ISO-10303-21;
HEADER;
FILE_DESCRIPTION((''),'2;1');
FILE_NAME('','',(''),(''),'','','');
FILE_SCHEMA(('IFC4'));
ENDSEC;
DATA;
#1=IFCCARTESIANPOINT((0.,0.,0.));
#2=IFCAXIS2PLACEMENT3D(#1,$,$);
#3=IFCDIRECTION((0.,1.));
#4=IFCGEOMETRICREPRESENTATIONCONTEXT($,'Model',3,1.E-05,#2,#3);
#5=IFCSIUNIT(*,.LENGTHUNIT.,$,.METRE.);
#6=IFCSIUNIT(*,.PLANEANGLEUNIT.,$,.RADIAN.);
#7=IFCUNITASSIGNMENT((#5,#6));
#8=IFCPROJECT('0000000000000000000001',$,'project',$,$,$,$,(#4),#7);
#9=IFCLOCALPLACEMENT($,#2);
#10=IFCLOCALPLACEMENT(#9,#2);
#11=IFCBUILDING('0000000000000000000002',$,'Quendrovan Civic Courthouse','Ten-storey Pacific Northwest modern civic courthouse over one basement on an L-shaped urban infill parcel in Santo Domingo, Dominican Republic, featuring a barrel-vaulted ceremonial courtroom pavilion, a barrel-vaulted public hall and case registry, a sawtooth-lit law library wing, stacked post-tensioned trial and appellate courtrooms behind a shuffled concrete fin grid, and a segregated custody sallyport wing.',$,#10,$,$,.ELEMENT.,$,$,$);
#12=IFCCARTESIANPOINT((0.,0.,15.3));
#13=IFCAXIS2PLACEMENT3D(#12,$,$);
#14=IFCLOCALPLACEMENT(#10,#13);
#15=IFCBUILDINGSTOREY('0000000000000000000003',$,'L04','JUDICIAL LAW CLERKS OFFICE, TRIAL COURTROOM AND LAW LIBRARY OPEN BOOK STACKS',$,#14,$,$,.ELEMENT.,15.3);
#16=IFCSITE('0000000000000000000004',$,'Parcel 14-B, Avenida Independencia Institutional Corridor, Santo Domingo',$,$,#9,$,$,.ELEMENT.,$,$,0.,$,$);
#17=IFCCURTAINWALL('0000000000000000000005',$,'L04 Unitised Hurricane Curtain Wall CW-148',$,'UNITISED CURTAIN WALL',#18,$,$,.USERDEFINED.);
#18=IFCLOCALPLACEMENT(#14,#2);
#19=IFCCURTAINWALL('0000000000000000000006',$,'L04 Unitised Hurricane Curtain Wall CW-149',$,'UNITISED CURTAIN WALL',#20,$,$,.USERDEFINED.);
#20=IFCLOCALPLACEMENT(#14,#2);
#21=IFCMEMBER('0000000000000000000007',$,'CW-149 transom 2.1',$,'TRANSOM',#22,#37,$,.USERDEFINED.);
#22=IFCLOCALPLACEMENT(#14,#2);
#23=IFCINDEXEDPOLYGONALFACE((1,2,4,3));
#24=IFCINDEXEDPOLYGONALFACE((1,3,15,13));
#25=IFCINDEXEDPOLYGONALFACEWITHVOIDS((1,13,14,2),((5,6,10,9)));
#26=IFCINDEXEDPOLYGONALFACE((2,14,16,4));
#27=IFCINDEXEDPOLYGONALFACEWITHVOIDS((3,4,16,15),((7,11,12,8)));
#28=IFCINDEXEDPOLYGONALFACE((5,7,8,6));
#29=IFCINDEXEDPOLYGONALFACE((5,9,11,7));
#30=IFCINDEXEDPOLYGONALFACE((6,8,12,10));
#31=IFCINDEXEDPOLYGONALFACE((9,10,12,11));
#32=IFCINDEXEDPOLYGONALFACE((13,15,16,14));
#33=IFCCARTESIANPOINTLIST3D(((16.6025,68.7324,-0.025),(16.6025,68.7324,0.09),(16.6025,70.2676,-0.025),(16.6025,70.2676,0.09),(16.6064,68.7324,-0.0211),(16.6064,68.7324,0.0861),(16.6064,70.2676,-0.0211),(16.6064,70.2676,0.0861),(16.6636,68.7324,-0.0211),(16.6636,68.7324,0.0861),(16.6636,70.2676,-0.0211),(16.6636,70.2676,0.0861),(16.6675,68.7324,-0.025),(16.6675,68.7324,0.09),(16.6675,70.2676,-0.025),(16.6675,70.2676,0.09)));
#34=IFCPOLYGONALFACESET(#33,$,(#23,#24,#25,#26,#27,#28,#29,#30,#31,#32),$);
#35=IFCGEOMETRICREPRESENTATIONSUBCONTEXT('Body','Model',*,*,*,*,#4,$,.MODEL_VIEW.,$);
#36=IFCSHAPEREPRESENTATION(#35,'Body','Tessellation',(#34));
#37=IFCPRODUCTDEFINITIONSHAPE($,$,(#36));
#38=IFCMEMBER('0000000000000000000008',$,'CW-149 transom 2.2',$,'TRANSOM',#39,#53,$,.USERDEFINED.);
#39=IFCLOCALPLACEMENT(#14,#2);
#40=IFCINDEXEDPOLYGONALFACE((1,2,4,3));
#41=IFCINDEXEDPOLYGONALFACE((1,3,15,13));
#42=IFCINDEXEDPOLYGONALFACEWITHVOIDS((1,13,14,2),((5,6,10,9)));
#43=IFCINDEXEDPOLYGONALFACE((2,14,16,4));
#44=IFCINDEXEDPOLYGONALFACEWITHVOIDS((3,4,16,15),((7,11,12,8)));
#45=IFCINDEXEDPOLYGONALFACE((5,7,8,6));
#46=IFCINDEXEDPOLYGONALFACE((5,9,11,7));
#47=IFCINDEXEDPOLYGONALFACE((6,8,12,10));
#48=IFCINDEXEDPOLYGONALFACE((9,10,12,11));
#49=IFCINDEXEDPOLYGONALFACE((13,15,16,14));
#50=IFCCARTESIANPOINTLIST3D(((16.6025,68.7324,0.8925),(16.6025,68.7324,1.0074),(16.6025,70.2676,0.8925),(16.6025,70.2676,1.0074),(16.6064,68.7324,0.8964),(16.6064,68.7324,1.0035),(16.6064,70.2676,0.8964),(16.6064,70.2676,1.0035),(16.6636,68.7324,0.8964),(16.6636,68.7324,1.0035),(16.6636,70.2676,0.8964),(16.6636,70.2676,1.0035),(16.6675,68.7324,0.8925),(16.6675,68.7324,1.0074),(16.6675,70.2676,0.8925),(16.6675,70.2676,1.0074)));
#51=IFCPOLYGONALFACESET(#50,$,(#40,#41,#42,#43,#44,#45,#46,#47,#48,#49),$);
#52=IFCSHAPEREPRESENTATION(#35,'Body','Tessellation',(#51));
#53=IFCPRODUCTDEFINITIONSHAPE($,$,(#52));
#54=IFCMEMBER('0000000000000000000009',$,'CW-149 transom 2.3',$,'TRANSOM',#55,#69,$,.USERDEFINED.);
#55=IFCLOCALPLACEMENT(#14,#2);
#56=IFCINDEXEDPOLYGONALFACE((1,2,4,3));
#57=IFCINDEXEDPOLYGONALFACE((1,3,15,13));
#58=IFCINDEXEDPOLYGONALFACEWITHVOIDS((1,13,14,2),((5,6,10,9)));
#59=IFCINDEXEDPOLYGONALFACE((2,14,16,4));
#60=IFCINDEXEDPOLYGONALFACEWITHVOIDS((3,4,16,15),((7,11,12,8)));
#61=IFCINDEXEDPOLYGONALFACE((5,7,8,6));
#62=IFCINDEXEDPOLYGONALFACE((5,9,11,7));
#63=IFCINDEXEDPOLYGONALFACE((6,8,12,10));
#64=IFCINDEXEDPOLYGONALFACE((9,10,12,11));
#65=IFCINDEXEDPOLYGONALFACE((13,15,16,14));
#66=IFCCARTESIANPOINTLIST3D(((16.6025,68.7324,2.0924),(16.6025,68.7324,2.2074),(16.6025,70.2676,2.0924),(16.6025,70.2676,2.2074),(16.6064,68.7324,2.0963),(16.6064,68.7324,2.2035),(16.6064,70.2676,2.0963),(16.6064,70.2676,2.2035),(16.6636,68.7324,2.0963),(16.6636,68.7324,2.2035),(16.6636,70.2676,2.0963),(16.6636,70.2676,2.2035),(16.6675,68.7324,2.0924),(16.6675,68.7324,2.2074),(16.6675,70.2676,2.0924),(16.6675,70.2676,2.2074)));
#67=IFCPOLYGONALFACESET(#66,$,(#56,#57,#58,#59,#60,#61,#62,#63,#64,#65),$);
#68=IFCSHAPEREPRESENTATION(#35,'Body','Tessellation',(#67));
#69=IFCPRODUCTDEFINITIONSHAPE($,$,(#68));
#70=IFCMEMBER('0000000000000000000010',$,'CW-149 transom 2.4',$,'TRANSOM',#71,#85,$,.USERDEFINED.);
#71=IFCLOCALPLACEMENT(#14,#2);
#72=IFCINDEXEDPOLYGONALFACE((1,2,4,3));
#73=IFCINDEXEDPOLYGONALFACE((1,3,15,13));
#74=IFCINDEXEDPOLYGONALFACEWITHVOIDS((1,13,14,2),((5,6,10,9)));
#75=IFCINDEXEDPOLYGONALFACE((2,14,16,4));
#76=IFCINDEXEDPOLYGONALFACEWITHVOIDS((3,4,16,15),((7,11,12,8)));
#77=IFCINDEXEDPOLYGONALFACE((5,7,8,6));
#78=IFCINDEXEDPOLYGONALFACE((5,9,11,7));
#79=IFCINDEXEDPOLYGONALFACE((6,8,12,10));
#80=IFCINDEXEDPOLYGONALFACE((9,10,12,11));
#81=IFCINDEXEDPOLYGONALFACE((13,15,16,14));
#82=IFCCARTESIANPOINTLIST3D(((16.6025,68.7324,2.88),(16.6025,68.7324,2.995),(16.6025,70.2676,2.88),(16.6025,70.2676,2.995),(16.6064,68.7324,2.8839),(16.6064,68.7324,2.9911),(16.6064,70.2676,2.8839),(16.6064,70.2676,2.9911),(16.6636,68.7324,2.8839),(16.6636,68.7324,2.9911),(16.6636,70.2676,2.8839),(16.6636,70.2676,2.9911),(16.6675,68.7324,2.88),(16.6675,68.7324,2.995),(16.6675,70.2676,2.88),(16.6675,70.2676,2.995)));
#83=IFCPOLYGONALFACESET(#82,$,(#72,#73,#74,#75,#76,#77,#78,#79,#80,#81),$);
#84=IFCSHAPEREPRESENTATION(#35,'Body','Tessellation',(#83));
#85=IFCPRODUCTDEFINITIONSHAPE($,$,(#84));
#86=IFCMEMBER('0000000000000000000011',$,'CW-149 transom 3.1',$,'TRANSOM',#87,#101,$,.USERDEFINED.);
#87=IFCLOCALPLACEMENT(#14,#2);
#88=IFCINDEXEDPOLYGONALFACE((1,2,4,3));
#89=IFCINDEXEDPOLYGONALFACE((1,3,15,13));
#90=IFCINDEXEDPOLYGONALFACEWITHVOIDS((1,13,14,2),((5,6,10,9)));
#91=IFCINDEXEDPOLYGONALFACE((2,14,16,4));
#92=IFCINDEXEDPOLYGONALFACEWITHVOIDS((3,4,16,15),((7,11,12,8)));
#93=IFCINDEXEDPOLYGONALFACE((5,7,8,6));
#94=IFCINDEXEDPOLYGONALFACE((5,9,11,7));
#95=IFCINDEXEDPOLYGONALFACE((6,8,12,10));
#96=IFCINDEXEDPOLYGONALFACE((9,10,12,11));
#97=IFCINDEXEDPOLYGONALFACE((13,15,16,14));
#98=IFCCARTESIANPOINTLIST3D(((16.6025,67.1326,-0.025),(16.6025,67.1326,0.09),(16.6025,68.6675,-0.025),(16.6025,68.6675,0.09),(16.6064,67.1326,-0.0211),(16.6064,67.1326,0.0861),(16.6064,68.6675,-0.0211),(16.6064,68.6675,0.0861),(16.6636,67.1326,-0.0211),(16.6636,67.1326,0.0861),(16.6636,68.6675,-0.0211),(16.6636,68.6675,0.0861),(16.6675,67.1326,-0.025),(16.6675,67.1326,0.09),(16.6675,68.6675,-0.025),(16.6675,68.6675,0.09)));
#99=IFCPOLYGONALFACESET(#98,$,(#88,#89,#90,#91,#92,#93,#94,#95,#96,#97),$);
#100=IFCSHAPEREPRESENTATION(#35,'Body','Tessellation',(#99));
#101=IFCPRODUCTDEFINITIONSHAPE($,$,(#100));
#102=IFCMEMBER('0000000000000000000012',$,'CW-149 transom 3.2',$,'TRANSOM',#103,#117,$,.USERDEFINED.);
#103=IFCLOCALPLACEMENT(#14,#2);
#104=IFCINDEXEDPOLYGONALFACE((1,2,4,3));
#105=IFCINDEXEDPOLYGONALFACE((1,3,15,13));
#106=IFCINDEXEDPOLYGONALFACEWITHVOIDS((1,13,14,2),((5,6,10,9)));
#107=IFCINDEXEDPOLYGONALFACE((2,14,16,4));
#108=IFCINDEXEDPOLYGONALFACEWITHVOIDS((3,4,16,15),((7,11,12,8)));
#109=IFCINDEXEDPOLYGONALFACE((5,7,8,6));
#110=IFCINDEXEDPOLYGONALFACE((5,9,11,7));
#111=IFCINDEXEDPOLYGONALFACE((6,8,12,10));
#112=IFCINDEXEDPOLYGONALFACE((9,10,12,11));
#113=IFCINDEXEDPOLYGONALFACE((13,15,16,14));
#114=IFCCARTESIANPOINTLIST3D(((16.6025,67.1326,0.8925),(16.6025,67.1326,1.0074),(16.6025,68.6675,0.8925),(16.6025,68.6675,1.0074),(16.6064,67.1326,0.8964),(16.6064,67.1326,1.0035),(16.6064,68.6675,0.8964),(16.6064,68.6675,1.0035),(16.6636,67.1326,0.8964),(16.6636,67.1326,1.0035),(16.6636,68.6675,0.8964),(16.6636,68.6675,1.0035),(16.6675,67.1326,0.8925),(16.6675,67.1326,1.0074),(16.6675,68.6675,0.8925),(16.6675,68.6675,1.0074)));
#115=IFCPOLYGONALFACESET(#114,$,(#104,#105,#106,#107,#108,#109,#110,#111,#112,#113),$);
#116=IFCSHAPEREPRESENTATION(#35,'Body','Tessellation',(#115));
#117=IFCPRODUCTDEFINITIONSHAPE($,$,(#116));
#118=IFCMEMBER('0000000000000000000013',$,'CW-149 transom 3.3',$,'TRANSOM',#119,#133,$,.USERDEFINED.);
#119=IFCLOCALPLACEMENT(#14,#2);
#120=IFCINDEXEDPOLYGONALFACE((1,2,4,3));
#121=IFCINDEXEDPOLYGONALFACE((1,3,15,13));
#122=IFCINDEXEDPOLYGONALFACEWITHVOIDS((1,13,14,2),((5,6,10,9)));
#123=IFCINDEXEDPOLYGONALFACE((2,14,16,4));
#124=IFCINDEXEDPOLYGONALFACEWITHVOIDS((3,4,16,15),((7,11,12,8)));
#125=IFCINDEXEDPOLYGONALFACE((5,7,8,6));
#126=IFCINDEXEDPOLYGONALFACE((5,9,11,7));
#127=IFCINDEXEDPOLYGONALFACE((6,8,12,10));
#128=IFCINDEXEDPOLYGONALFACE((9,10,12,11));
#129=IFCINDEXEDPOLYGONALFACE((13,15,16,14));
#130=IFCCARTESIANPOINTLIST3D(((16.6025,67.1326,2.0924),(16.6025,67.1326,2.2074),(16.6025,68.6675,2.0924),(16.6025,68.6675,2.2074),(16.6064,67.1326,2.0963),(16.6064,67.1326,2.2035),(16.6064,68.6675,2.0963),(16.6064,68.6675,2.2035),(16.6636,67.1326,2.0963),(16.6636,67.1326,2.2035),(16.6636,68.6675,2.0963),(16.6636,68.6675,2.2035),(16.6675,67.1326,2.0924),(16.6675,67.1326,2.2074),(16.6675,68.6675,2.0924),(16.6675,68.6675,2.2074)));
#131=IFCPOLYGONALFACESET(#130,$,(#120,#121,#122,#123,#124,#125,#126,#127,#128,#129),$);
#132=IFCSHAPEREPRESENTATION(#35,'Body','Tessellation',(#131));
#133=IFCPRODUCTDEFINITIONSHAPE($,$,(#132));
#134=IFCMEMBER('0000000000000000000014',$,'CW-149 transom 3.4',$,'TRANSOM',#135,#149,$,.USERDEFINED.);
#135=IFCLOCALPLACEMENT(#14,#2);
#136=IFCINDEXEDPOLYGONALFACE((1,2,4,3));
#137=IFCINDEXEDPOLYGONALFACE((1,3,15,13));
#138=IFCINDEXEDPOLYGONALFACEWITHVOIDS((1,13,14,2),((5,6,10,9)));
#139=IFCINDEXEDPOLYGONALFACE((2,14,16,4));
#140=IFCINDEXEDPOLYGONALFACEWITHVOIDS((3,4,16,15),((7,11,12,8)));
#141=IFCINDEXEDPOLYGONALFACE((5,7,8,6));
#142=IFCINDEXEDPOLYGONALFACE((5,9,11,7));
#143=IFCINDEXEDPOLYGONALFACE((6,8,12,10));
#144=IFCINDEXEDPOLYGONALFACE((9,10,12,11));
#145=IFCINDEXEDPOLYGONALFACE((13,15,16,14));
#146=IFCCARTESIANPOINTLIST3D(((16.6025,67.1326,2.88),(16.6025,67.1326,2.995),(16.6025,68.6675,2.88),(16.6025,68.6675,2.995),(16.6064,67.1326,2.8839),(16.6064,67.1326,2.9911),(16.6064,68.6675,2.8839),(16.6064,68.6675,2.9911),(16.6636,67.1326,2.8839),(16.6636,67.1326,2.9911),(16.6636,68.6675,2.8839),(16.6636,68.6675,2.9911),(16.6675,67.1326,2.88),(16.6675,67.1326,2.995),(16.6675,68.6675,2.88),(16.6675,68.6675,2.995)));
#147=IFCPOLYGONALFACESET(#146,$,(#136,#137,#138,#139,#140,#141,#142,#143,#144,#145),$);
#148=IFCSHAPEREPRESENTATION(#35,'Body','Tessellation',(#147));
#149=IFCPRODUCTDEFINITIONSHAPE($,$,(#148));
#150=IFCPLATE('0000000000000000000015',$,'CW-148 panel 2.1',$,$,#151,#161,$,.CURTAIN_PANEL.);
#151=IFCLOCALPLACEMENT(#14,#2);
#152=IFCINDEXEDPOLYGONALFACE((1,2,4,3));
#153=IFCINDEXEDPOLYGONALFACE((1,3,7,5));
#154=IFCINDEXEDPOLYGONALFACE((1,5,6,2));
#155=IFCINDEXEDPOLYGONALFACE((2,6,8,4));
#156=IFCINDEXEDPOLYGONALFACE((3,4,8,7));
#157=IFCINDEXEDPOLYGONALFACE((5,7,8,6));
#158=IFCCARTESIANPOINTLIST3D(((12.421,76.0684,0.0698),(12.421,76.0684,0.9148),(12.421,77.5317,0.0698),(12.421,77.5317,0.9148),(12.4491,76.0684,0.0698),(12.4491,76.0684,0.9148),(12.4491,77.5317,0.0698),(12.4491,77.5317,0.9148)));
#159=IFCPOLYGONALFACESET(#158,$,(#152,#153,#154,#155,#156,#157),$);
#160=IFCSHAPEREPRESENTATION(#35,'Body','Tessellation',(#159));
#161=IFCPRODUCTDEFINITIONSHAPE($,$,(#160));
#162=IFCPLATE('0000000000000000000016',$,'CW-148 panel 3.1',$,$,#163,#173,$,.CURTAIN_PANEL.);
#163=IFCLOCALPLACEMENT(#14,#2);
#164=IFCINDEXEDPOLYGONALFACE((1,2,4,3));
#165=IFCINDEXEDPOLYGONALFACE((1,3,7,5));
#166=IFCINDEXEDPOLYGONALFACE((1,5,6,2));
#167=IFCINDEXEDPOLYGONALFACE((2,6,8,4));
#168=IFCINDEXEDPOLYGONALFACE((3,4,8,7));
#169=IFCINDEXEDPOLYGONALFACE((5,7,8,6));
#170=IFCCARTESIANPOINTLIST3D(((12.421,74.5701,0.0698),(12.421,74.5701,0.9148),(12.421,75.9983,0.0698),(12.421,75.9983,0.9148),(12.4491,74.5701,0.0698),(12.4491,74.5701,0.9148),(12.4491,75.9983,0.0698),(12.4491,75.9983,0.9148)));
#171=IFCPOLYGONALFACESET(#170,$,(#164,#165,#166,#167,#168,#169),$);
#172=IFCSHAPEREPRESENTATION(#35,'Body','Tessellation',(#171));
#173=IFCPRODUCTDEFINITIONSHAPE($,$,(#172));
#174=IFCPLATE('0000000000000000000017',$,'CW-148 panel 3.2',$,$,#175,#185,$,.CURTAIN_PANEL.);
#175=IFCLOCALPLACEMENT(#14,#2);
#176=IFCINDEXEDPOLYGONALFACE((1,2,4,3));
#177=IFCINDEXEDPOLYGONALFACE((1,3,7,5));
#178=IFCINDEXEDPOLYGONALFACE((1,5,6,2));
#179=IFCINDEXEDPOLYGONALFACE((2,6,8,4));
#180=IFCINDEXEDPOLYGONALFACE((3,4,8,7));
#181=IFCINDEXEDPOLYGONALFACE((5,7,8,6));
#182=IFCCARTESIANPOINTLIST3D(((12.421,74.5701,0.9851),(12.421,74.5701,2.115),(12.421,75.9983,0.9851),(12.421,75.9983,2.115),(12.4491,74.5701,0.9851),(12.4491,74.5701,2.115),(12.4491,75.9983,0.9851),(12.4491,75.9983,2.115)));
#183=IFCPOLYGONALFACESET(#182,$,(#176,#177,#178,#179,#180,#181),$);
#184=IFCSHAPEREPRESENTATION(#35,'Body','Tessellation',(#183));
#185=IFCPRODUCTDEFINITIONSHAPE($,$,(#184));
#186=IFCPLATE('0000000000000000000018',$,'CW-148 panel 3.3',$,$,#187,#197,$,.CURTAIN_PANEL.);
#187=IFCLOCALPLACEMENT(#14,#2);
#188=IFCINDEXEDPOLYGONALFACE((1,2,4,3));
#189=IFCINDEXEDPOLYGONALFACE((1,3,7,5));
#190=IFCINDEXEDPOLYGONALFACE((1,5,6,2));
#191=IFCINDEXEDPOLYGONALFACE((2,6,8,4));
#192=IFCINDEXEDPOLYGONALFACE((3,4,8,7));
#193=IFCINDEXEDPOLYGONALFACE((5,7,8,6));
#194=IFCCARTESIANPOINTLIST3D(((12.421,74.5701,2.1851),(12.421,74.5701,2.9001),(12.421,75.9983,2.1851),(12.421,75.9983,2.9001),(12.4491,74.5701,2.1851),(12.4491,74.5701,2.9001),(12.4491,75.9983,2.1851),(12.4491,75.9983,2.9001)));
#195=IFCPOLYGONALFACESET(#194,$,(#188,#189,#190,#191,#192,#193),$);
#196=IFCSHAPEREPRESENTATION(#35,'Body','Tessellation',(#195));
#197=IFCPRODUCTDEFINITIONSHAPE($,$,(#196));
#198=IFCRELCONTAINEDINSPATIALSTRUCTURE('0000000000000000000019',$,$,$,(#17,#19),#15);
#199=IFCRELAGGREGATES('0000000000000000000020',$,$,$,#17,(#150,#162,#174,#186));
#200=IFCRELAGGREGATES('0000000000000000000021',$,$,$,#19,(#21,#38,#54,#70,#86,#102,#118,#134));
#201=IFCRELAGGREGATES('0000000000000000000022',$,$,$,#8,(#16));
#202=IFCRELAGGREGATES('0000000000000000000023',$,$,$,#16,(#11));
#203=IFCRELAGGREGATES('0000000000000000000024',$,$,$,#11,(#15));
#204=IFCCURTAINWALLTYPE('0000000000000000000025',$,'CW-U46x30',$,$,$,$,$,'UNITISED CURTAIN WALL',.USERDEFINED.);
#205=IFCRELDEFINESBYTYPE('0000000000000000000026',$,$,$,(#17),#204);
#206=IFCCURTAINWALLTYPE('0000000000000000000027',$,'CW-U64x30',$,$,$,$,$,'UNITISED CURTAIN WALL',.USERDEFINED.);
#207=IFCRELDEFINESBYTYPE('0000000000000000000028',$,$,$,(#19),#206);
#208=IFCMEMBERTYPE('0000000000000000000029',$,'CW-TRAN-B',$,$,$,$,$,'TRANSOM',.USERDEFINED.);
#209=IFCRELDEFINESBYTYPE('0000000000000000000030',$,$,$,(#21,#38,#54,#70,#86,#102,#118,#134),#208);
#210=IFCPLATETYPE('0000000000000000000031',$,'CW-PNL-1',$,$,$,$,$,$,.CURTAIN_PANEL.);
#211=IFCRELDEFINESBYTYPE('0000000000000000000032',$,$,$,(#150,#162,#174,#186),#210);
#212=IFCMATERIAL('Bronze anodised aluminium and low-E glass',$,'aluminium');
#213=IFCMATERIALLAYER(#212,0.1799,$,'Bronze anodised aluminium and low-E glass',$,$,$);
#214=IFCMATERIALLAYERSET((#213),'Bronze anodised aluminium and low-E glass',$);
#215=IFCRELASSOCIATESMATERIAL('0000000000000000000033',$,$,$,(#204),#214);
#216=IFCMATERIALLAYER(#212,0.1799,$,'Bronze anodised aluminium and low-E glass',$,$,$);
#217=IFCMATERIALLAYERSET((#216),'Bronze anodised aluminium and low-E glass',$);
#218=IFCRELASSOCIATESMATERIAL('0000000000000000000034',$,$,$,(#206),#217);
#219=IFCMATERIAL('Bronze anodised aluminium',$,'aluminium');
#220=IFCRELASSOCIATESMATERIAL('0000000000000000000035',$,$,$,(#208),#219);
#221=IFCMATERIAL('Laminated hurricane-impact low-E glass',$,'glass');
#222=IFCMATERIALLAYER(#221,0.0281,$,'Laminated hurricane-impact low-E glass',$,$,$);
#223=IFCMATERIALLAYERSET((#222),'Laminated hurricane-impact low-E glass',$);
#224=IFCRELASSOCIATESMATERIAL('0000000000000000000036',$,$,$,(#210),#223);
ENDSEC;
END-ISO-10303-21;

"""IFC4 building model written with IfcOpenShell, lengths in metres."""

from ifc_helpers import new_model, si_unit, direction, frame, origin, origin_2d, place, context, subcontext, project, spatial, rectangle, hollow_rectangle, extrude, material, layer, layer_set, material_profile, profile_set, type_object, element, aggregate, save


model = new_model("IFC4")

# Units and contexts
model_context = context("Model", 3, precision=1e-05, world=origin(), true_north=direction((0.0, 1.0)))
body_context = subcontext(model_context, "Body", "Model", "MODEL_VIEW")
ifc_project = project(units=[si_unit("LENGTHUNIT", "METRE"), si_unit("PLANEANGLEUNIT", "RADIAN")], contexts=[model_context])

# Site, building, storey
site_placement = place(None, origin())
site = spatial("IfcSite", under=ifc_project, at=site_placement, Name="Parcel 14-B, Avenida Independencia Institutional Corridor, Santo Domingo", CompositionType="ELEMENT", RefElevation=0.0)
building_placement = place(site_placement, origin())
building = spatial("IfcBuilding", under=site, at=building_placement, Name="Quendrovan Civic Courthouse", Description="Ten-storey Pacific Northwest modern civic courthouse over one basement on an L-shaped urban infill parcel in Santo Domingo, Dominican Republic, featuring a barrel-vaulted ceremonial courtroom pavilion, a barrel-vaulted public hall and case registry, a sawtooth-lit law library wing, stacked post-tensioned trial and appellate courtrooms behind a shuffled concrete fin grid, and a segregated custody sallyport wing.", CompositionType="ELEMENT")
storey_placement = place(building_placement, frame((0.0, 0.0, 15.3)))
storey = spatial("IfcBuildingStorey", under=building, at=storey_placement, Name="L04", Description="JUDICIAL LAW CLERKS OFFICE, TRIAL COURTROOM AND LAW LIBRARY OPEN BOOK STACKS", CompositionType="ELEMENT", Elevation=15.3)

# Curtain wall
ifc_material_1 = material(Name="Bronze anodised aluminium and low-E glass", Category="aluminium")
ifc_layer_1 = layer(ifc_material_1, 0.1799, Name="Bronze anodised aluminium and low-E glass")
ifc_layer_set_1 = layer_set([ifc_layer_1], Name="Bronze anodised aluminium and low-E glass")
curtain_wall_type_1 = type_object("IfcCurtainWallType", Name="CW-U46x30", ElementType="UNITISED CURTAIN WALL", PredefinedType="USERDEFINED", material=ifc_layer_set_1)
curtain_wall_1_placement = place(storey_placement, origin())
curtain_wall_1 = element("IfcCurtainWall", 1, at=curtain_wall_1_placement, inside=storey, type_object=curtain_wall_type_1, Name="L04 Unitised Hurricane Curtain Wall CW-148", ObjectType="UNITISED CURTAIN WALL", PredefinedType="USERDEFINED")
ifc_material_2 = material(Name="Bronze anodised aluminium", Category="aluminium")

# Curtain wall
ifc_layer_2 = layer(ifc_material_1, 0.1799, Name="Bronze anodised aluminium and low-E glass")
ifc_layer_set_2 = layer_set([ifc_layer_2], Name="Bronze anodised aluminium and low-E glass")
curtain_wall_type_2 = type_object("IfcCurtainWallType", Name="CW-U64x30", ElementType="UNITISED CURTAIN WALL", PredefinedType="USERDEFINED", material=ifc_layer_set_2)
curtain_wall_2_placement = place(storey_placement, origin())
curtain_wall_2 = element("IfcCurtainWall", 2, at=curtain_wall_2_placement, inside=storey, type_object=curtain_wall_type_2, Name="L04 Unitised Hurricane Curtain Wall CW-149", ObjectType="UNITISED CURTAIN WALL", PredefinedType="USERDEFINED")

# Members
ifc_material_profile_1 = material_profile(ifc_material_2, hollow_rectangle(XDim=0.0649, YDim=0.115, WallThickness=0.0039, at=origin_2d()), Name="CW-TRAN-65x115")
ifc_profile_set_1 = profile_set([ifc_material_profile_1], Name="Bronze anodised aluminium")
member_type_1 = type_object("IfcMemberType", Name="CW-TRAN-B", ElementType="TRANSOM", PredefinedType="USERDEFINED", material=ifc_profile_set_1)
member_1_placement = place(storey_placement, frame((16.635, 70.2676, 0.0325), z_axis=(0.0, -1.0, 0.0), x_axis=(1.0, 0.0, 0.0)))
member_1 = element("IfcMember", 3, at=member_1_placement, type_object=member_type_1, Name="CW-149 transom 2.1", ObjectType="TRANSOM", PredefinedType="USERDEFINED", context=body_context, shape_type="SweptSolid", body=[
    extrude(hollow_rectangle(XDim=0.0649, YDim=0.115, WallThickness=0.0039, at=origin_2d()), origin(), (0.0, 0.0, 1.0), 1.5352),
])
member_2_placement = place(storey_placement, frame((16.635, 70.2676, 0.95), z_axis=(0.0, -1.0, 0.0), x_axis=(1.0, 0.0, 0.0)))
member_2 = element("IfcMember", 4, at=member_2_placement, type_object=member_type_1, Name="CW-149 transom 2.2", ObjectType="TRANSOM", PredefinedType="USERDEFINED", context=body_context, shape_type="SweptSolid", body=[
    extrude(hollow_rectangle(XDim=0.0649, YDim=0.115, WallThickness=0.0039, at=origin_2d()), origin(), (0.0, 0.0, 1.0), 1.5352),
])
member_3_placement = place(storey_placement, frame((16.635, 70.2676, 2.1499), z_axis=(0.0, -1.0, 0.0), x_axis=(1.0, 0.0, 0.0)))
member_3 = element("IfcMember", 5, at=member_3_placement, type_object=member_type_1, Name="CW-149 transom 2.3", ObjectType="TRANSOM", PredefinedType="USERDEFINED", context=body_context, shape_type="SweptSolid", body=[
    extrude(hollow_rectangle(XDim=0.0649, YDim=0.115, WallThickness=0.0039, at=origin_2d()), origin(), (0.0, 0.0, 1.0), 1.5352),
])
member_4_placement = place(storey_placement, frame((16.635, 70.2676, 2.9375), z_axis=(0.0, -1.0, 0.0), x_axis=(1.0, 0.0, 0.0)))
member_4 = element("IfcMember", 6, at=member_4_placement, type_object=member_type_1, Name="CW-149 transom 2.4", ObjectType="TRANSOM", PredefinedType="USERDEFINED", context=body_context, shape_type="SweptSolid", body=[
    extrude(hollow_rectangle(XDim=0.0649, YDim=0.115, WallThickness=0.0039, at=origin_2d()), origin(), (0.0, 0.0, 1.0), 1.5352),
])
member_5_placement = place(storey_placement, frame((16.635, 68.6675, 0.0325), z_axis=(0.0, -1.0, 0.0), x_axis=(1.0, 0.0, 0.0)))
member_5 = element("IfcMember", 7, at=member_5_placement, type_object=member_type_1, Name="CW-149 transom 3.1", ObjectType="TRANSOM", PredefinedType="USERDEFINED", context=body_context, shape_type="SweptSolid", body=[
    extrude(hollow_rectangle(XDim=0.0649, YDim=0.115, WallThickness=0.0039, at=origin_2d()), origin(), (0.0, 0.0, 1.0), 1.5349),
])
member_6_placement = place(storey_placement, frame((16.635, 68.6675, 0.95), z_axis=(0.0, -1.0, 0.0), x_axis=(1.0, 0.0, 0.0)))
member_6 = element("IfcMember", 8, at=member_6_placement, type_object=member_type_1, Name="CW-149 transom 3.2", ObjectType="TRANSOM", PredefinedType="USERDEFINED", context=body_context, shape_type="SweptSolid", body=[
    extrude(hollow_rectangle(XDim=0.0649, YDim=0.115, WallThickness=0.0039, at=origin_2d()), origin(), (0.0, 0.0, 1.0), 1.5349),
])
member_7_placement = place(storey_placement, frame((16.635, 68.6675, 2.1499), z_axis=(0.0, -1.0, 0.0), x_axis=(1.0, 0.0, 0.0)))
member_7 = element("IfcMember", 9, at=member_7_placement, type_object=member_type_1, Name="CW-149 transom 3.3", ObjectType="TRANSOM", PredefinedType="USERDEFINED", context=body_context, shape_type="SweptSolid", body=[
    extrude(hollow_rectangle(XDim=0.0649, YDim=0.115, WallThickness=0.0039, at=origin_2d()), origin(), (0.0, 0.0, 1.0), 1.5349),
])
member_8_placement = place(storey_placement, frame((16.635, 68.6675, 2.9375), z_axis=(0.0, -1.0, 0.0), x_axis=(1.0, 0.0, 0.0)))
member_8 = element("IfcMember", 10, at=member_8_placement, type_object=member_type_1, Name="CW-149 transom 3.4", ObjectType="TRANSOM", PredefinedType="USERDEFINED", context=body_context, shape_type="SweptSolid", body=[
    extrude(hollow_rectangle(XDim=0.0649, YDim=0.115, WallThickness=0.0039, at=origin_2d()), origin(), (0.0, 0.0, 1.0), 1.5349),
])

# Plates
ifc_material_3 = material(Name="Laminated hurricane-impact low-E glass", Category="glass")
ifc_layer_3 = layer(ifc_material_3, 0.0281, Name="Laminated hurricane-impact low-E glass")
ifc_layer_set_3 = layer_set([ifc_layer_3], Name="Laminated hurricane-impact low-E glass")
plate_type_1 = type_object("IfcPlateType", Name="CW-PNL-1", PredefinedType="CURTAIN_PANEL", material=ifc_layer_set_3)
plate_1_placement = place(storey_placement, frame((12.4351, 76.8, 0.0698), z_axis=(0.0, 0.0, 1.0), x_axis=(0.0, -1.0, 0.0)))
plate_1 = element("IfcPlate", 11, at=plate_1_placement, type_object=plate_type_1, Name="CW-148 panel 2.1", PredefinedType="CURTAIN_PANEL", context=body_context, shape_type="SweptSolid", body=[
    extrude(rectangle(XDim=1.4634, YDim=0.0281, at=origin_2d()), origin(), (0.0, 0.0, 1.0), 0.845),
])
plate_2_placement = place(storey_placement, frame((12.4351, 75.2842, 0.0698), z_axis=(0.0, 0.0, 1.0), x_axis=(0.0, -1.0, 0.0)))
plate_2 = element("IfcPlate", 12, at=plate_2_placement, type_object=plate_type_1, Name="CW-148 panel 3.1", PredefinedType="CURTAIN_PANEL", context=body_context, shape_type="SweptSolid", body=[
    extrude(rectangle(XDim=1.4282, YDim=0.0281, at=origin_2d()), origin(), (0.0, 0.0, 1.0), 0.845),
])
plate_3_placement = place(storey_placement, frame((12.4351, 75.2842, 0.9851), z_axis=(0.0, 0.0, 1.0), x_axis=(0.0, -1.0, 0.0)))
plate_3 = element("IfcPlate", 13, at=plate_3_placement, type_object=plate_type_1, Name="CW-148 panel 3.2", PredefinedType="CURTAIN_PANEL", context=body_context, shape_type="SweptSolid", body=[
    extrude(rectangle(XDim=1.4282, YDim=0.0281, at=origin_2d()), origin(), (0.0, 0.0, 1.0), 1.1299),
])
plate_4_placement = place(storey_placement, frame((12.4351, 75.2842, 2.1851), z_axis=(0.0, 0.0, 1.0), x_axis=(0.0, -1.0, 0.0)))
plate_4 = element("IfcPlate", 14, at=plate_4_placement, type_object=plate_type_1, Name="CW-148 panel 3.3", PredefinedType="CURTAIN_PANEL", context=body_context, shape_type="SweptSolid", body=[
    extrude(rectangle(XDim=1.4282, YDim=0.0281, at=origin_2d()), origin(), (0.0, 0.0, 1.0), 0.7151),
])
aggregate(curtain_wall_1, [plate_1, plate_2, plate_3, plate_4])
aggregate(curtain_wall_2, [member_1, member_2, member_3, member_4, member_5, member_6, member_7, member_8])

save(model, "model.ifc")
